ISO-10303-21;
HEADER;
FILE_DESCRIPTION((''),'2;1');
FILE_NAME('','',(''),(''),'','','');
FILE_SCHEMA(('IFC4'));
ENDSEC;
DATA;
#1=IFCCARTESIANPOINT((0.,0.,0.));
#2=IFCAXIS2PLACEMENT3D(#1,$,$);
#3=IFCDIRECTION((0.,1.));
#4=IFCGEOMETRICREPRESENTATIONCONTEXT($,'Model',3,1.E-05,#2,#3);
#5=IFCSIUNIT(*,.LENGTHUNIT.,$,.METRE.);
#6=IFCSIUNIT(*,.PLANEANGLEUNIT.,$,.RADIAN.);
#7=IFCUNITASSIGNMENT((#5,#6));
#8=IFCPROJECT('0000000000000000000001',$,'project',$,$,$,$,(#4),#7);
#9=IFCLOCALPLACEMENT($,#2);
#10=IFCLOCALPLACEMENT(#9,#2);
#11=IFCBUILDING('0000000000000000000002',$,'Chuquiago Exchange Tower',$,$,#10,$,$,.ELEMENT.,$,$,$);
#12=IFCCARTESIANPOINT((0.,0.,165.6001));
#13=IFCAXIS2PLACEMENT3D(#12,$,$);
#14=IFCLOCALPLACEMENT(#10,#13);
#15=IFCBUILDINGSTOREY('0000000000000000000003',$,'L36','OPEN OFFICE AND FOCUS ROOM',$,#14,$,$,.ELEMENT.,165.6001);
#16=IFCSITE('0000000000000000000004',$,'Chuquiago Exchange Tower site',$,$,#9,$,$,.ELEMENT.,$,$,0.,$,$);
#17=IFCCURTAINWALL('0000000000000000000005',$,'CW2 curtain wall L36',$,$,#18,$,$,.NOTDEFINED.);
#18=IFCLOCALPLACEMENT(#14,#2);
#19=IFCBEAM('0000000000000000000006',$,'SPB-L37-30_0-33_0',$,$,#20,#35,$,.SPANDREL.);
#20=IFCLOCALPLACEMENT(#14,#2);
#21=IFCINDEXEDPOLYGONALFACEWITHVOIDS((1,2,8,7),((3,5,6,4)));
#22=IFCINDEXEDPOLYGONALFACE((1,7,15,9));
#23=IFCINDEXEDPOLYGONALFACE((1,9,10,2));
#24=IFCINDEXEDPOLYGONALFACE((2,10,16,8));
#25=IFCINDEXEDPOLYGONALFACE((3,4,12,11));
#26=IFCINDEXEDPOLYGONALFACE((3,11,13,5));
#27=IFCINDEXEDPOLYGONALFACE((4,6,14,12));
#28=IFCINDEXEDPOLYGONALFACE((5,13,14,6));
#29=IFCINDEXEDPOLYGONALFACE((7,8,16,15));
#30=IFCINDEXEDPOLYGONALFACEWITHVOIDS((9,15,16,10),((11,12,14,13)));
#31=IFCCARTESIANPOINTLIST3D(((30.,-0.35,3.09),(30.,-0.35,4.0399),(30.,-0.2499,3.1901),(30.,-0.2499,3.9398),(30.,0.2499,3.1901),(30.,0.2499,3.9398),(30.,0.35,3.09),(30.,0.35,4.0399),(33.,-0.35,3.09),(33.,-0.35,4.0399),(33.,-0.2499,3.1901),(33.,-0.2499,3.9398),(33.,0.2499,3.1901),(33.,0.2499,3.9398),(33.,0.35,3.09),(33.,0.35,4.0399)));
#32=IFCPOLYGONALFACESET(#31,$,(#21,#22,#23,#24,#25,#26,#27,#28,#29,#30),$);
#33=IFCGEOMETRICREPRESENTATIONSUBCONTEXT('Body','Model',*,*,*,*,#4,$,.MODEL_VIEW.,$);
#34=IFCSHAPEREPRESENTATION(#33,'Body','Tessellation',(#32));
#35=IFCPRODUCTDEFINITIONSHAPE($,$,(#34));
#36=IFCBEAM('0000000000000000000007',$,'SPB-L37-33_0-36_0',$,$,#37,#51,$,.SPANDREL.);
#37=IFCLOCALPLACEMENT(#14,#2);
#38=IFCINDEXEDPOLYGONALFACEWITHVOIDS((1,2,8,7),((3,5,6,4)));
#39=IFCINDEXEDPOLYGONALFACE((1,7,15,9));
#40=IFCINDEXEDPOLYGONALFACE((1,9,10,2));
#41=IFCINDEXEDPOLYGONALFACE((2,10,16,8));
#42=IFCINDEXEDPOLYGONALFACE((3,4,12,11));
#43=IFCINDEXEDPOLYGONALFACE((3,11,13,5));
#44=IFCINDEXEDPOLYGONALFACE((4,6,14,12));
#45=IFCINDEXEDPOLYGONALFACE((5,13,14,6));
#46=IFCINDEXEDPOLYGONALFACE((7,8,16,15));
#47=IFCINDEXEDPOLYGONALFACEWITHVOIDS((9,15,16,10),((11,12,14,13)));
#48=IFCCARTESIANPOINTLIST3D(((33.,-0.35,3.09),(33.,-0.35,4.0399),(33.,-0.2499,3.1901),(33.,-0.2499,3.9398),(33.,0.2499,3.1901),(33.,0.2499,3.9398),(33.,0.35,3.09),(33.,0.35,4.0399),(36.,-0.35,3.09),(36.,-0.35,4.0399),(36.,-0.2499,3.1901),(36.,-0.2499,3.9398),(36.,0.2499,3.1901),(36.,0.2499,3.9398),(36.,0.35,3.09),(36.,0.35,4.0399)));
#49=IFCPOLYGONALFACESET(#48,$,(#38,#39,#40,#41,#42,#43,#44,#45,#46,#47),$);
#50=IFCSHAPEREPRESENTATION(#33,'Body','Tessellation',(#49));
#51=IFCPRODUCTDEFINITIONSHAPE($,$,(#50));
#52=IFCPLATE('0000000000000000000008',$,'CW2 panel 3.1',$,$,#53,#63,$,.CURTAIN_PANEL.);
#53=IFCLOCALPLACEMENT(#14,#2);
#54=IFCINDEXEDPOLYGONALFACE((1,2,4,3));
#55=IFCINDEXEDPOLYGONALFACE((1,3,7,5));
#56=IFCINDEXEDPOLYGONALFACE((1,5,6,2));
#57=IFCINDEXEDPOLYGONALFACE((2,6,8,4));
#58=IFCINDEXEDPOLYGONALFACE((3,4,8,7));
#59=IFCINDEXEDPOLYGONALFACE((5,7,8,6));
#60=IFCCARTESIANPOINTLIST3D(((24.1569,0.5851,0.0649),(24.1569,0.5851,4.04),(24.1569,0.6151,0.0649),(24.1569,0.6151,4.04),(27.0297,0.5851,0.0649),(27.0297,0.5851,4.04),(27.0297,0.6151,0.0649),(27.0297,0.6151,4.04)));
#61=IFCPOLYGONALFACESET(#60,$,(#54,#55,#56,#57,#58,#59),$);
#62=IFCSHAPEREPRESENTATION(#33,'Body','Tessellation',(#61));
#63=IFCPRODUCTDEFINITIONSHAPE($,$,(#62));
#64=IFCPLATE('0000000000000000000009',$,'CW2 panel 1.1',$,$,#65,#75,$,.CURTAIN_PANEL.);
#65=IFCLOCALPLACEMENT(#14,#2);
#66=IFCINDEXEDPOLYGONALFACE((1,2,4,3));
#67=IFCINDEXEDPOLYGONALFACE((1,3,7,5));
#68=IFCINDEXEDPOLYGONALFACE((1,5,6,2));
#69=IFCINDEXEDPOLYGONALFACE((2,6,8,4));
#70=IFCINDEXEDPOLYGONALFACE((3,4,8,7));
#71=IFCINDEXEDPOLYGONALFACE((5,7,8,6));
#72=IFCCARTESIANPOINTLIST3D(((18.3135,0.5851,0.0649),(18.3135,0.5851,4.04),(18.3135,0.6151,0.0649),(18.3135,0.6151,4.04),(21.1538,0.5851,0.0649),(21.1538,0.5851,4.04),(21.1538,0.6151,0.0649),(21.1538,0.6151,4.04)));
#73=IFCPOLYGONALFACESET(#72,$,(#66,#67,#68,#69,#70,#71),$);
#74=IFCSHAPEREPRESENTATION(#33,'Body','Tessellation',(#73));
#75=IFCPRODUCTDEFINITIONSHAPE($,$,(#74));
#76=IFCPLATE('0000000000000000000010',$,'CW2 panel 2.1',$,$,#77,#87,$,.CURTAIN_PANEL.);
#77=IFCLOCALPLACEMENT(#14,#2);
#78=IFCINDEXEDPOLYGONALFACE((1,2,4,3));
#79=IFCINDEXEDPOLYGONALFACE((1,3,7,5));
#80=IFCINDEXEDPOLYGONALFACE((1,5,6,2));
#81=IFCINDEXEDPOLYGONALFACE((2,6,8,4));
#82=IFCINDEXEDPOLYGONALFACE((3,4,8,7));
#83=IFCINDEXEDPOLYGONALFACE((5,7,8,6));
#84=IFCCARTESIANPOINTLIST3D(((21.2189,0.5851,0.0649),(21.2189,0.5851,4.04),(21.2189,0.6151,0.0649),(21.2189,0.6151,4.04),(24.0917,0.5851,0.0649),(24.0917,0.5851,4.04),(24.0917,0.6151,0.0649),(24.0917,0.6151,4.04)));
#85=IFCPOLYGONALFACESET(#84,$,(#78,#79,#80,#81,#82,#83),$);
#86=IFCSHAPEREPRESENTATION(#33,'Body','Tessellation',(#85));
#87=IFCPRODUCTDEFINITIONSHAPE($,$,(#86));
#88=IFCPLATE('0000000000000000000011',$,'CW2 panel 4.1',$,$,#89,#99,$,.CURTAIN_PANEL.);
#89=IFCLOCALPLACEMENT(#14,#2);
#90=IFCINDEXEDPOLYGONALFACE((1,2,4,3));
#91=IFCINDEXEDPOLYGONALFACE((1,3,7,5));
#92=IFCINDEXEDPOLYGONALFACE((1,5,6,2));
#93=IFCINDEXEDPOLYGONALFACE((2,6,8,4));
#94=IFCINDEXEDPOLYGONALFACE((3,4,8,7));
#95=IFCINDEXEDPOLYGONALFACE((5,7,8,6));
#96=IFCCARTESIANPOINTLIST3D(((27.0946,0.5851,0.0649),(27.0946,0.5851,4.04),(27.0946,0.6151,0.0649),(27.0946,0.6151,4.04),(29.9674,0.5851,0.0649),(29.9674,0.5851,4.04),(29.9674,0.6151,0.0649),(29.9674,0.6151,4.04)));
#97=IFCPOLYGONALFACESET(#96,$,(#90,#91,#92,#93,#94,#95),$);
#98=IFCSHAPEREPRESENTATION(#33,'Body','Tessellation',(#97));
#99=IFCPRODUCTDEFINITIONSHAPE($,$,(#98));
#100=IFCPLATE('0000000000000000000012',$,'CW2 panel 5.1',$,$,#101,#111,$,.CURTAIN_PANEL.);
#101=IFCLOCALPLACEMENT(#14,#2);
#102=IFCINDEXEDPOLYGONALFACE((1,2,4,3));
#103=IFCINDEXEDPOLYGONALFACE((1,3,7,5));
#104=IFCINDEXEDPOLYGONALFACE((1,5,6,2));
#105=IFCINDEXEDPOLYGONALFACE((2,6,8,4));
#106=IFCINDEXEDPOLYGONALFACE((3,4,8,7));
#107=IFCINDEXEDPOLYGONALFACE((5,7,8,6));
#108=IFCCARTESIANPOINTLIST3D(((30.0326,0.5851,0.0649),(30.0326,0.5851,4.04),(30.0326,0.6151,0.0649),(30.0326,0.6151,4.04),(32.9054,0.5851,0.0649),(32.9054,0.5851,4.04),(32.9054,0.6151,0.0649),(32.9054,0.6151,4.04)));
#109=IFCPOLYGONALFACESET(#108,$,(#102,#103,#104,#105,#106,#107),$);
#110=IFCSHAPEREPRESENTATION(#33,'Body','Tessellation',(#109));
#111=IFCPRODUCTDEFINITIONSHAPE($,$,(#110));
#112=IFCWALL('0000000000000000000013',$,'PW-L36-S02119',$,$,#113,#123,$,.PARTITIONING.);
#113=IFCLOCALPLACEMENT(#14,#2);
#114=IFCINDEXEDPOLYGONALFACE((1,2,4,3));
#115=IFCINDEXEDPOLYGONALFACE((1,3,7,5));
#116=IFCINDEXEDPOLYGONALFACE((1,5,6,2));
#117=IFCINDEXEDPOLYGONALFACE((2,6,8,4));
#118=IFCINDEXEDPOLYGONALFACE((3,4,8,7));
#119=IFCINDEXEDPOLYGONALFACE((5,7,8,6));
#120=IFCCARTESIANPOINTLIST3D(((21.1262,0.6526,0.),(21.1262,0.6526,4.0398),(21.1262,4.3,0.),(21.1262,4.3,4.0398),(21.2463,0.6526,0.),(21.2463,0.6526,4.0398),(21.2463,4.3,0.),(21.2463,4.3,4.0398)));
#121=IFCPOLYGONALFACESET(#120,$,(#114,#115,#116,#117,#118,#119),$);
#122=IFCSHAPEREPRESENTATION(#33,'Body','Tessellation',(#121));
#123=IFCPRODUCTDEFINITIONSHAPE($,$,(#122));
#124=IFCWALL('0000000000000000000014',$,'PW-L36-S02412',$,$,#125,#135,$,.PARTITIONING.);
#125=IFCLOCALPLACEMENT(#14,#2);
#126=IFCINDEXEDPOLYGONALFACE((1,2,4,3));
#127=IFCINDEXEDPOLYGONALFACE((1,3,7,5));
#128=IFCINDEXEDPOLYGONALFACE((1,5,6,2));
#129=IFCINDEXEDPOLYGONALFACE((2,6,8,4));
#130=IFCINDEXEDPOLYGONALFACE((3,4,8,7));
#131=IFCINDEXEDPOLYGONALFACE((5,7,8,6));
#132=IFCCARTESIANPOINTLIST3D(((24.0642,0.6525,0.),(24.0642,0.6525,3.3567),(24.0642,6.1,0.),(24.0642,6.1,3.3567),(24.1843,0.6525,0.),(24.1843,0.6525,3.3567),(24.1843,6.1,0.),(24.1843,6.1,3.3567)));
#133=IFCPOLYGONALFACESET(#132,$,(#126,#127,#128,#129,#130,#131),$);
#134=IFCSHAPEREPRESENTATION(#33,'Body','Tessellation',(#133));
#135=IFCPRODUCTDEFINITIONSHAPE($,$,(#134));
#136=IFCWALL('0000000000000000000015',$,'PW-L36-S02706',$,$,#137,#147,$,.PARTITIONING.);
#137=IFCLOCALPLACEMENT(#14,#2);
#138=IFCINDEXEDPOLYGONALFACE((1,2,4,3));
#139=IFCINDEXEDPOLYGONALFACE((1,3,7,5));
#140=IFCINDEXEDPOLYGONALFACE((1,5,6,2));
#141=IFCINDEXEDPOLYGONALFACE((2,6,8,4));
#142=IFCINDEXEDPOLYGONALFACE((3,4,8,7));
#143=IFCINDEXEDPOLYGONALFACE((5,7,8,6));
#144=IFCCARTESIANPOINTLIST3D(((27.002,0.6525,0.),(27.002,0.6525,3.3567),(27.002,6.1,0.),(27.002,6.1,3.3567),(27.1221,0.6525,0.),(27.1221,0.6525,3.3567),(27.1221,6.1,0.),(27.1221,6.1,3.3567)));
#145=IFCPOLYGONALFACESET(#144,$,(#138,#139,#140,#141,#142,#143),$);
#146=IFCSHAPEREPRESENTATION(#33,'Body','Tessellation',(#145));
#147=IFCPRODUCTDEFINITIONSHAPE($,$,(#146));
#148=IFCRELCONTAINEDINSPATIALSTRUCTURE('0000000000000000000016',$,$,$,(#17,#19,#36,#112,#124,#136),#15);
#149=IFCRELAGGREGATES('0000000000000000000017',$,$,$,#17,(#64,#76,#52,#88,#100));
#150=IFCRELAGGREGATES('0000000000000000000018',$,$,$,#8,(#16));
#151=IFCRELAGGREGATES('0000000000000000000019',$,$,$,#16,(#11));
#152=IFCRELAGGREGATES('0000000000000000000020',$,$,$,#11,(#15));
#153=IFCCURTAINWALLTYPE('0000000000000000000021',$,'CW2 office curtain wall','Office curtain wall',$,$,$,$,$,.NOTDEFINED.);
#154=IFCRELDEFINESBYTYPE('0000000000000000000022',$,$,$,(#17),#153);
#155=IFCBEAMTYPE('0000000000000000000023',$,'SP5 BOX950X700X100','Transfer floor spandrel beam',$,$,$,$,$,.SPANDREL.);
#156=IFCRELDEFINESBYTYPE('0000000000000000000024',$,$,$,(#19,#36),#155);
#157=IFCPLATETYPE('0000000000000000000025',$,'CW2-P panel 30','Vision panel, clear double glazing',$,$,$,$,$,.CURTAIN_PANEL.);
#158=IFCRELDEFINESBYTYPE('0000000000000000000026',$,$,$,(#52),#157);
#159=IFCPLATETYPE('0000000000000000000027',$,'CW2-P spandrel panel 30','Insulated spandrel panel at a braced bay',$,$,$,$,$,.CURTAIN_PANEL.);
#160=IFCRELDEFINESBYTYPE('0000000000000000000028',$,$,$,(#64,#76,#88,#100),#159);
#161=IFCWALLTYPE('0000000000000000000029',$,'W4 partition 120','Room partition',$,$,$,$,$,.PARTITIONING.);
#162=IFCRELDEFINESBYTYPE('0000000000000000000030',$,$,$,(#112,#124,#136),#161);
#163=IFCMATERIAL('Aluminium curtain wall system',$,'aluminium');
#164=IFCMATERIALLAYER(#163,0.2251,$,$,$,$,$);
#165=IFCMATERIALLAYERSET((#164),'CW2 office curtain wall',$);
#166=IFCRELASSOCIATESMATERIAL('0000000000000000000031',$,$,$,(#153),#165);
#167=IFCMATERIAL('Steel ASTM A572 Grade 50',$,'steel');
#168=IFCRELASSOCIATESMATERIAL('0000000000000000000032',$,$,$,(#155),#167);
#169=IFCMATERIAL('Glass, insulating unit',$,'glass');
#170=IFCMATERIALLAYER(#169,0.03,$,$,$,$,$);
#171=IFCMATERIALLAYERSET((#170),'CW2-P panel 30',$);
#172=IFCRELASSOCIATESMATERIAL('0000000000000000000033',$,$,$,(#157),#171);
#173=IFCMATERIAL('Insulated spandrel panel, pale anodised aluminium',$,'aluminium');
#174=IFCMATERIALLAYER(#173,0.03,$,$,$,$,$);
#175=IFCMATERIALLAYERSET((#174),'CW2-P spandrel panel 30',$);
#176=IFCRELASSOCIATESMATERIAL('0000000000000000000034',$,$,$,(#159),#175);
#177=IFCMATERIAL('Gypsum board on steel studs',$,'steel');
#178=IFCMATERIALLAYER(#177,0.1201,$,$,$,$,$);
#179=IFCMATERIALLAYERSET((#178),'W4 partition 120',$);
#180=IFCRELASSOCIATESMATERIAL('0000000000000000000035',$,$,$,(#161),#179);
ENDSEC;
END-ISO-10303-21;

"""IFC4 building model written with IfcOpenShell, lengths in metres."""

from ifc_helpers import new_model, si_unit, direction, frame, frame_2d, origin, origin_2d, place, context, subcontext, project, spatial, rectangle, hollow_rectangle, extrude, material, layer, layer_set, material_profile, profile_set, type_object, element, aggregate, save


model = new_model("IFC4")

# Units and contexts
model_context = context("Model", 3, precision=1e-05, world=origin(), true_north=direction((0.0, 1.0)))
body_context = subcontext(model_context, "Body", "Model", "MODEL_VIEW")
ifc_project = project(units=[si_unit("LENGTHUNIT", "METRE"), si_unit("PLANEANGLEUNIT", "RADIAN")], contexts=[model_context])

# Site, building, storey
site_placement = place(None, origin())
site = spatial("IfcSite", under=ifc_project, at=site_placement, Name="Chuquiago Exchange Tower site", CompositionType="ELEMENT", RefElevation=0.0)
building_placement = place(site_placement, origin())
building = spatial("IfcBuilding", under=site, at=building_placement, Name="Chuquiago Exchange Tower", CompositionType="ELEMENT")
storey_placement = place(building_placement, frame((0.0, 0.0, 165.6001)))
storey = spatial("IfcBuildingStorey", under=building, at=storey_placement, Name="L36", Description="OPEN OFFICE AND FOCUS ROOM", CompositionType="ELEMENT", Elevation=165.6001)

# Curtain wall
ifc_material_1 = material(Name="Aluminium curtain wall system", Category="aluminium")
ifc_layer_1 = layer(ifc_material_1, 0.2251)
ifc_layer_set_1 = layer_set([ifc_layer_1], Name="CW2 office curtain wall")
curtain_wall_type_1 = type_object("IfcCurtainWallType", Name="CW2 office curtain wall", Description="Office curtain wall", PredefinedType="NOTDEFINED", material=ifc_layer_set_1)
curtain_wall_1_placement = place(storey_placement, origin())
curtain_wall_1 = element("IfcCurtainWall", 1, at=curtain_wall_1_placement, inside=storey, type_object=curtain_wall_type_1, Name="CW2 curtain wall L36", PredefinedType="NOTDEFINED")

# Beams
ifc_material_2 = material(Name="Steel ASTM A572 Grade 50", Category="steel")
ifc_material_profile_1 = material_profile(ifc_material_2, hollow_rectangle(XDim=0.7, YDim=0.95, WallThickness=0.1001, at=origin_2d()), Name="BOX950X700X100")
ifc_profile_set_1 = profile_set([ifc_material_profile_1], Name="Steel ASTM A572 Grade 50")
beam_type = type_object("IfcBeamType", Name="SP5 BOX950X700X100", Description="Transfer floor spandrel beam", PredefinedType="SPANDREL", material=ifc_profile_set_1)
for number, where, z_axis, x_axis, name in (
    (2, (30.0, 0.0, 3.5649), (1.0, 0.0, 0.0), (0.0, 1.0, 0.0), "SPB-L37-30_0-33_0"),
    (3, (33.0, 0.0, 3.5649), (1.0, 0.0, 0.0), (0.0, 1.0, 0.0), "SPB-L37-33_0-36_0"),
):
    element("IfcBeam", number, at=place(storey_placement, frame(where, z_axis=z_axis, x_axis=x_axis)), inside=storey, type_object=beam_type, Name=name, PredefinedType="SPANDREL", context=body_context, shape_type="SweptSolid", body=[
        extrude(hollow_rectangle(XDim=0.7, YDim=0.95, WallThickness=0.1001, at=origin_2d()), origin(), (0.0, 0.0, 1.0), 3.0),
    ])

# Plates
ifc_material_3 = material(Name="Glass, insulating unit", Category="glass")
ifc_layer_2 = layer(ifc_material_3, 0.03)
ifc_layer_set_2 = layer_set([ifc_layer_2], Name="CW2-P panel 30")
plate_type_1 = type_object("IfcPlateType", Name="CW2-P panel 30", Description="Vision panel, clear double glazing", PredefinedType="CURTAIN_PANEL", material=ifc_layer_set_2)
plate_1_placement = place(storey_placement, frame((25.5933, 0.6001, 0.0649), z_axis=(0.0, 0.0, 1.0), x_axis=(1.0, 0.0, 0.0)))
plate_1 = element("IfcPlate", 4, at=plate_1_placement, type_object=plate_type_1, Name="CW2 panel 3.1", PredefinedType="CURTAIN_PANEL", context=body_context, shape_type="SweptSolid", body=[
    extrude(rectangle(XDim=2.8728, YDim=0.03, at=origin_2d()), origin(), (0.0, 0.0, 1.0), 3.9751),
])
ifc_material_4 = material(Name="Insulated spandrel panel, pale anodised aluminium", Category="aluminium")
ifc_layer_3 = layer(ifc_material_4, 0.03)
ifc_layer_set_3 = layer_set([ifc_layer_3], Name="CW2-P spandrel panel 30")
plate_type_2 = type_object("IfcPlateType", Name="CW2-P spandrel panel 30", Description="Insulated spandrel panel at a braced bay", PredefinedType="CURTAIN_PANEL", material=ifc_layer_set_3)
plate_2_placement = place(storey_placement, frame((19.7336, 0.6001, 0.0649), z_axis=(0.0, 0.0, 1.0), x_axis=(1.0, 0.0, 0.0)))
plate_2 = element("IfcPlate", 5, at=plate_2_placement, type_object=plate_type_2, Name="CW2 panel 1.1", PredefinedType="CURTAIN_PANEL", context=body_context, shape_type="SweptSolid", body=[
    extrude(rectangle(XDim=2.8403, YDim=0.03, at=origin_2d()), origin(), (0.0, 0.0, 1.0), 3.9751),
])
plate_3_placement = place(storey_placement, frame((22.6553, 0.6001, 0.0649), z_axis=(0.0, 0.0, 1.0), x_axis=(1.0, 0.0, 0.0)))
plate_3 = element("IfcPlate", 6, at=plate_3_placement, type_object=plate_type_2, Name="CW2 panel 2.1", PredefinedType="CURTAIN_PANEL", context=body_context, shape_type="SweptSolid", body=[
    extrude(rectangle(XDim=2.8728, YDim=0.03, at=origin_2d()), origin(), (0.0, 0.0, 1.0), 3.9751),
])
plate_4_placement = place(storey_placement, frame((28.531, 0.6001, 0.0649), z_axis=(0.0, 0.0, 1.0), x_axis=(1.0, 0.0, 0.0)))
plate_4 = element("IfcPlate", 7, at=plate_4_placement, type_object=plate_type_2, Name="CW2 panel 4.1", PredefinedType="CURTAIN_PANEL", context=body_context, shape_type="SweptSolid", body=[
    extrude(rectangle(XDim=2.8728, YDim=0.03, at=origin_2d()), origin(), (0.0, 0.0, 1.0), 3.9751),
])
plate_5_placement = place(storey_placement, frame((31.469, 0.6001, 0.0649), z_axis=(0.0, 0.0, 1.0), x_axis=(1.0, 0.0, 0.0)))
plate_5 = element("IfcPlate", 8, at=plate_5_placement, type_object=plate_type_2, Name="CW2 panel 5.1", PredefinedType="CURTAIN_PANEL", context=body_context, shape_type="SweptSolid", body=[
    extrude(rectangle(XDim=2.8728, YDim=0.03, at=origin_2d()), origin(), (0.0, 0.0, 1.0), 3.9751),
])
aggregate(curtain_wall_1, [plate_2, plate_3, plate_1, plate_4, plate_5])

# Walls
ifc_material_5 = material(Name="Gypsum board on steel studs", Category="steel")
ifc_layer_4 = layer(ifc_material_5, 0.1201)
ifc_layer_set_4 = layer_set([ifc_layer_4], Name="W4 partition 120")
wall_type = type_object("IfcWallType", Name="W4 partition 120", Description="Room partition", PredefinedType="PARTITIONING", material=ifc_layer_set_4)
wall_placement = place(storey_placement, frame((21.1863, 0.6526, 0.0), z_axis=(0.0, 0.0, 1.0), x_axis=(0.0, 1.0, 0.0)))
element("IfcWall", 9, at=wall_placement, inside=storey, type_object=wall_type, Name="PW-L36-S02119", PredefinedType="PARTITIONING", context=body_context, shape_type="SweptSolid", body=[
    extrude(rectangle(XDim=3.6475, YDim=0.1201, at=frame_2d((1.8237, 0.0))), origin(), (0.0, 0.0, 1.0), 4.0398),
])
for number, where, z_axis, x_axis, name in (
    (10, (24.1243, 0.6526, 0.0), (0.0, 0.0, 1.0), (0.0, 1.0, 0.0), "PW-L36-S02412"),
    (11, (27.062, 0.6526, 0.0), (0.0, 0.0, 1.0), (0.0, 1.0, 0.0), "PW-L36-S02706"),
):
    element("IfcWall", number, at=place(storey_placement, frame(where, z_axis=z_axis, x_axis=x_axis)), inside=storey, type_object=wall_type, Name=name, PredefinedType="PARTITIONING", context=body_context, shape_type="SweptSolid", body=[
        extrude(rectangle(XDim=5.4475, YDim=0.1201, at=frame_2d((2.7236, 0.0))), origin(), (0.0, 0.0, 1.0), 3.3567),
    ])

save(model, "model.ifc")
